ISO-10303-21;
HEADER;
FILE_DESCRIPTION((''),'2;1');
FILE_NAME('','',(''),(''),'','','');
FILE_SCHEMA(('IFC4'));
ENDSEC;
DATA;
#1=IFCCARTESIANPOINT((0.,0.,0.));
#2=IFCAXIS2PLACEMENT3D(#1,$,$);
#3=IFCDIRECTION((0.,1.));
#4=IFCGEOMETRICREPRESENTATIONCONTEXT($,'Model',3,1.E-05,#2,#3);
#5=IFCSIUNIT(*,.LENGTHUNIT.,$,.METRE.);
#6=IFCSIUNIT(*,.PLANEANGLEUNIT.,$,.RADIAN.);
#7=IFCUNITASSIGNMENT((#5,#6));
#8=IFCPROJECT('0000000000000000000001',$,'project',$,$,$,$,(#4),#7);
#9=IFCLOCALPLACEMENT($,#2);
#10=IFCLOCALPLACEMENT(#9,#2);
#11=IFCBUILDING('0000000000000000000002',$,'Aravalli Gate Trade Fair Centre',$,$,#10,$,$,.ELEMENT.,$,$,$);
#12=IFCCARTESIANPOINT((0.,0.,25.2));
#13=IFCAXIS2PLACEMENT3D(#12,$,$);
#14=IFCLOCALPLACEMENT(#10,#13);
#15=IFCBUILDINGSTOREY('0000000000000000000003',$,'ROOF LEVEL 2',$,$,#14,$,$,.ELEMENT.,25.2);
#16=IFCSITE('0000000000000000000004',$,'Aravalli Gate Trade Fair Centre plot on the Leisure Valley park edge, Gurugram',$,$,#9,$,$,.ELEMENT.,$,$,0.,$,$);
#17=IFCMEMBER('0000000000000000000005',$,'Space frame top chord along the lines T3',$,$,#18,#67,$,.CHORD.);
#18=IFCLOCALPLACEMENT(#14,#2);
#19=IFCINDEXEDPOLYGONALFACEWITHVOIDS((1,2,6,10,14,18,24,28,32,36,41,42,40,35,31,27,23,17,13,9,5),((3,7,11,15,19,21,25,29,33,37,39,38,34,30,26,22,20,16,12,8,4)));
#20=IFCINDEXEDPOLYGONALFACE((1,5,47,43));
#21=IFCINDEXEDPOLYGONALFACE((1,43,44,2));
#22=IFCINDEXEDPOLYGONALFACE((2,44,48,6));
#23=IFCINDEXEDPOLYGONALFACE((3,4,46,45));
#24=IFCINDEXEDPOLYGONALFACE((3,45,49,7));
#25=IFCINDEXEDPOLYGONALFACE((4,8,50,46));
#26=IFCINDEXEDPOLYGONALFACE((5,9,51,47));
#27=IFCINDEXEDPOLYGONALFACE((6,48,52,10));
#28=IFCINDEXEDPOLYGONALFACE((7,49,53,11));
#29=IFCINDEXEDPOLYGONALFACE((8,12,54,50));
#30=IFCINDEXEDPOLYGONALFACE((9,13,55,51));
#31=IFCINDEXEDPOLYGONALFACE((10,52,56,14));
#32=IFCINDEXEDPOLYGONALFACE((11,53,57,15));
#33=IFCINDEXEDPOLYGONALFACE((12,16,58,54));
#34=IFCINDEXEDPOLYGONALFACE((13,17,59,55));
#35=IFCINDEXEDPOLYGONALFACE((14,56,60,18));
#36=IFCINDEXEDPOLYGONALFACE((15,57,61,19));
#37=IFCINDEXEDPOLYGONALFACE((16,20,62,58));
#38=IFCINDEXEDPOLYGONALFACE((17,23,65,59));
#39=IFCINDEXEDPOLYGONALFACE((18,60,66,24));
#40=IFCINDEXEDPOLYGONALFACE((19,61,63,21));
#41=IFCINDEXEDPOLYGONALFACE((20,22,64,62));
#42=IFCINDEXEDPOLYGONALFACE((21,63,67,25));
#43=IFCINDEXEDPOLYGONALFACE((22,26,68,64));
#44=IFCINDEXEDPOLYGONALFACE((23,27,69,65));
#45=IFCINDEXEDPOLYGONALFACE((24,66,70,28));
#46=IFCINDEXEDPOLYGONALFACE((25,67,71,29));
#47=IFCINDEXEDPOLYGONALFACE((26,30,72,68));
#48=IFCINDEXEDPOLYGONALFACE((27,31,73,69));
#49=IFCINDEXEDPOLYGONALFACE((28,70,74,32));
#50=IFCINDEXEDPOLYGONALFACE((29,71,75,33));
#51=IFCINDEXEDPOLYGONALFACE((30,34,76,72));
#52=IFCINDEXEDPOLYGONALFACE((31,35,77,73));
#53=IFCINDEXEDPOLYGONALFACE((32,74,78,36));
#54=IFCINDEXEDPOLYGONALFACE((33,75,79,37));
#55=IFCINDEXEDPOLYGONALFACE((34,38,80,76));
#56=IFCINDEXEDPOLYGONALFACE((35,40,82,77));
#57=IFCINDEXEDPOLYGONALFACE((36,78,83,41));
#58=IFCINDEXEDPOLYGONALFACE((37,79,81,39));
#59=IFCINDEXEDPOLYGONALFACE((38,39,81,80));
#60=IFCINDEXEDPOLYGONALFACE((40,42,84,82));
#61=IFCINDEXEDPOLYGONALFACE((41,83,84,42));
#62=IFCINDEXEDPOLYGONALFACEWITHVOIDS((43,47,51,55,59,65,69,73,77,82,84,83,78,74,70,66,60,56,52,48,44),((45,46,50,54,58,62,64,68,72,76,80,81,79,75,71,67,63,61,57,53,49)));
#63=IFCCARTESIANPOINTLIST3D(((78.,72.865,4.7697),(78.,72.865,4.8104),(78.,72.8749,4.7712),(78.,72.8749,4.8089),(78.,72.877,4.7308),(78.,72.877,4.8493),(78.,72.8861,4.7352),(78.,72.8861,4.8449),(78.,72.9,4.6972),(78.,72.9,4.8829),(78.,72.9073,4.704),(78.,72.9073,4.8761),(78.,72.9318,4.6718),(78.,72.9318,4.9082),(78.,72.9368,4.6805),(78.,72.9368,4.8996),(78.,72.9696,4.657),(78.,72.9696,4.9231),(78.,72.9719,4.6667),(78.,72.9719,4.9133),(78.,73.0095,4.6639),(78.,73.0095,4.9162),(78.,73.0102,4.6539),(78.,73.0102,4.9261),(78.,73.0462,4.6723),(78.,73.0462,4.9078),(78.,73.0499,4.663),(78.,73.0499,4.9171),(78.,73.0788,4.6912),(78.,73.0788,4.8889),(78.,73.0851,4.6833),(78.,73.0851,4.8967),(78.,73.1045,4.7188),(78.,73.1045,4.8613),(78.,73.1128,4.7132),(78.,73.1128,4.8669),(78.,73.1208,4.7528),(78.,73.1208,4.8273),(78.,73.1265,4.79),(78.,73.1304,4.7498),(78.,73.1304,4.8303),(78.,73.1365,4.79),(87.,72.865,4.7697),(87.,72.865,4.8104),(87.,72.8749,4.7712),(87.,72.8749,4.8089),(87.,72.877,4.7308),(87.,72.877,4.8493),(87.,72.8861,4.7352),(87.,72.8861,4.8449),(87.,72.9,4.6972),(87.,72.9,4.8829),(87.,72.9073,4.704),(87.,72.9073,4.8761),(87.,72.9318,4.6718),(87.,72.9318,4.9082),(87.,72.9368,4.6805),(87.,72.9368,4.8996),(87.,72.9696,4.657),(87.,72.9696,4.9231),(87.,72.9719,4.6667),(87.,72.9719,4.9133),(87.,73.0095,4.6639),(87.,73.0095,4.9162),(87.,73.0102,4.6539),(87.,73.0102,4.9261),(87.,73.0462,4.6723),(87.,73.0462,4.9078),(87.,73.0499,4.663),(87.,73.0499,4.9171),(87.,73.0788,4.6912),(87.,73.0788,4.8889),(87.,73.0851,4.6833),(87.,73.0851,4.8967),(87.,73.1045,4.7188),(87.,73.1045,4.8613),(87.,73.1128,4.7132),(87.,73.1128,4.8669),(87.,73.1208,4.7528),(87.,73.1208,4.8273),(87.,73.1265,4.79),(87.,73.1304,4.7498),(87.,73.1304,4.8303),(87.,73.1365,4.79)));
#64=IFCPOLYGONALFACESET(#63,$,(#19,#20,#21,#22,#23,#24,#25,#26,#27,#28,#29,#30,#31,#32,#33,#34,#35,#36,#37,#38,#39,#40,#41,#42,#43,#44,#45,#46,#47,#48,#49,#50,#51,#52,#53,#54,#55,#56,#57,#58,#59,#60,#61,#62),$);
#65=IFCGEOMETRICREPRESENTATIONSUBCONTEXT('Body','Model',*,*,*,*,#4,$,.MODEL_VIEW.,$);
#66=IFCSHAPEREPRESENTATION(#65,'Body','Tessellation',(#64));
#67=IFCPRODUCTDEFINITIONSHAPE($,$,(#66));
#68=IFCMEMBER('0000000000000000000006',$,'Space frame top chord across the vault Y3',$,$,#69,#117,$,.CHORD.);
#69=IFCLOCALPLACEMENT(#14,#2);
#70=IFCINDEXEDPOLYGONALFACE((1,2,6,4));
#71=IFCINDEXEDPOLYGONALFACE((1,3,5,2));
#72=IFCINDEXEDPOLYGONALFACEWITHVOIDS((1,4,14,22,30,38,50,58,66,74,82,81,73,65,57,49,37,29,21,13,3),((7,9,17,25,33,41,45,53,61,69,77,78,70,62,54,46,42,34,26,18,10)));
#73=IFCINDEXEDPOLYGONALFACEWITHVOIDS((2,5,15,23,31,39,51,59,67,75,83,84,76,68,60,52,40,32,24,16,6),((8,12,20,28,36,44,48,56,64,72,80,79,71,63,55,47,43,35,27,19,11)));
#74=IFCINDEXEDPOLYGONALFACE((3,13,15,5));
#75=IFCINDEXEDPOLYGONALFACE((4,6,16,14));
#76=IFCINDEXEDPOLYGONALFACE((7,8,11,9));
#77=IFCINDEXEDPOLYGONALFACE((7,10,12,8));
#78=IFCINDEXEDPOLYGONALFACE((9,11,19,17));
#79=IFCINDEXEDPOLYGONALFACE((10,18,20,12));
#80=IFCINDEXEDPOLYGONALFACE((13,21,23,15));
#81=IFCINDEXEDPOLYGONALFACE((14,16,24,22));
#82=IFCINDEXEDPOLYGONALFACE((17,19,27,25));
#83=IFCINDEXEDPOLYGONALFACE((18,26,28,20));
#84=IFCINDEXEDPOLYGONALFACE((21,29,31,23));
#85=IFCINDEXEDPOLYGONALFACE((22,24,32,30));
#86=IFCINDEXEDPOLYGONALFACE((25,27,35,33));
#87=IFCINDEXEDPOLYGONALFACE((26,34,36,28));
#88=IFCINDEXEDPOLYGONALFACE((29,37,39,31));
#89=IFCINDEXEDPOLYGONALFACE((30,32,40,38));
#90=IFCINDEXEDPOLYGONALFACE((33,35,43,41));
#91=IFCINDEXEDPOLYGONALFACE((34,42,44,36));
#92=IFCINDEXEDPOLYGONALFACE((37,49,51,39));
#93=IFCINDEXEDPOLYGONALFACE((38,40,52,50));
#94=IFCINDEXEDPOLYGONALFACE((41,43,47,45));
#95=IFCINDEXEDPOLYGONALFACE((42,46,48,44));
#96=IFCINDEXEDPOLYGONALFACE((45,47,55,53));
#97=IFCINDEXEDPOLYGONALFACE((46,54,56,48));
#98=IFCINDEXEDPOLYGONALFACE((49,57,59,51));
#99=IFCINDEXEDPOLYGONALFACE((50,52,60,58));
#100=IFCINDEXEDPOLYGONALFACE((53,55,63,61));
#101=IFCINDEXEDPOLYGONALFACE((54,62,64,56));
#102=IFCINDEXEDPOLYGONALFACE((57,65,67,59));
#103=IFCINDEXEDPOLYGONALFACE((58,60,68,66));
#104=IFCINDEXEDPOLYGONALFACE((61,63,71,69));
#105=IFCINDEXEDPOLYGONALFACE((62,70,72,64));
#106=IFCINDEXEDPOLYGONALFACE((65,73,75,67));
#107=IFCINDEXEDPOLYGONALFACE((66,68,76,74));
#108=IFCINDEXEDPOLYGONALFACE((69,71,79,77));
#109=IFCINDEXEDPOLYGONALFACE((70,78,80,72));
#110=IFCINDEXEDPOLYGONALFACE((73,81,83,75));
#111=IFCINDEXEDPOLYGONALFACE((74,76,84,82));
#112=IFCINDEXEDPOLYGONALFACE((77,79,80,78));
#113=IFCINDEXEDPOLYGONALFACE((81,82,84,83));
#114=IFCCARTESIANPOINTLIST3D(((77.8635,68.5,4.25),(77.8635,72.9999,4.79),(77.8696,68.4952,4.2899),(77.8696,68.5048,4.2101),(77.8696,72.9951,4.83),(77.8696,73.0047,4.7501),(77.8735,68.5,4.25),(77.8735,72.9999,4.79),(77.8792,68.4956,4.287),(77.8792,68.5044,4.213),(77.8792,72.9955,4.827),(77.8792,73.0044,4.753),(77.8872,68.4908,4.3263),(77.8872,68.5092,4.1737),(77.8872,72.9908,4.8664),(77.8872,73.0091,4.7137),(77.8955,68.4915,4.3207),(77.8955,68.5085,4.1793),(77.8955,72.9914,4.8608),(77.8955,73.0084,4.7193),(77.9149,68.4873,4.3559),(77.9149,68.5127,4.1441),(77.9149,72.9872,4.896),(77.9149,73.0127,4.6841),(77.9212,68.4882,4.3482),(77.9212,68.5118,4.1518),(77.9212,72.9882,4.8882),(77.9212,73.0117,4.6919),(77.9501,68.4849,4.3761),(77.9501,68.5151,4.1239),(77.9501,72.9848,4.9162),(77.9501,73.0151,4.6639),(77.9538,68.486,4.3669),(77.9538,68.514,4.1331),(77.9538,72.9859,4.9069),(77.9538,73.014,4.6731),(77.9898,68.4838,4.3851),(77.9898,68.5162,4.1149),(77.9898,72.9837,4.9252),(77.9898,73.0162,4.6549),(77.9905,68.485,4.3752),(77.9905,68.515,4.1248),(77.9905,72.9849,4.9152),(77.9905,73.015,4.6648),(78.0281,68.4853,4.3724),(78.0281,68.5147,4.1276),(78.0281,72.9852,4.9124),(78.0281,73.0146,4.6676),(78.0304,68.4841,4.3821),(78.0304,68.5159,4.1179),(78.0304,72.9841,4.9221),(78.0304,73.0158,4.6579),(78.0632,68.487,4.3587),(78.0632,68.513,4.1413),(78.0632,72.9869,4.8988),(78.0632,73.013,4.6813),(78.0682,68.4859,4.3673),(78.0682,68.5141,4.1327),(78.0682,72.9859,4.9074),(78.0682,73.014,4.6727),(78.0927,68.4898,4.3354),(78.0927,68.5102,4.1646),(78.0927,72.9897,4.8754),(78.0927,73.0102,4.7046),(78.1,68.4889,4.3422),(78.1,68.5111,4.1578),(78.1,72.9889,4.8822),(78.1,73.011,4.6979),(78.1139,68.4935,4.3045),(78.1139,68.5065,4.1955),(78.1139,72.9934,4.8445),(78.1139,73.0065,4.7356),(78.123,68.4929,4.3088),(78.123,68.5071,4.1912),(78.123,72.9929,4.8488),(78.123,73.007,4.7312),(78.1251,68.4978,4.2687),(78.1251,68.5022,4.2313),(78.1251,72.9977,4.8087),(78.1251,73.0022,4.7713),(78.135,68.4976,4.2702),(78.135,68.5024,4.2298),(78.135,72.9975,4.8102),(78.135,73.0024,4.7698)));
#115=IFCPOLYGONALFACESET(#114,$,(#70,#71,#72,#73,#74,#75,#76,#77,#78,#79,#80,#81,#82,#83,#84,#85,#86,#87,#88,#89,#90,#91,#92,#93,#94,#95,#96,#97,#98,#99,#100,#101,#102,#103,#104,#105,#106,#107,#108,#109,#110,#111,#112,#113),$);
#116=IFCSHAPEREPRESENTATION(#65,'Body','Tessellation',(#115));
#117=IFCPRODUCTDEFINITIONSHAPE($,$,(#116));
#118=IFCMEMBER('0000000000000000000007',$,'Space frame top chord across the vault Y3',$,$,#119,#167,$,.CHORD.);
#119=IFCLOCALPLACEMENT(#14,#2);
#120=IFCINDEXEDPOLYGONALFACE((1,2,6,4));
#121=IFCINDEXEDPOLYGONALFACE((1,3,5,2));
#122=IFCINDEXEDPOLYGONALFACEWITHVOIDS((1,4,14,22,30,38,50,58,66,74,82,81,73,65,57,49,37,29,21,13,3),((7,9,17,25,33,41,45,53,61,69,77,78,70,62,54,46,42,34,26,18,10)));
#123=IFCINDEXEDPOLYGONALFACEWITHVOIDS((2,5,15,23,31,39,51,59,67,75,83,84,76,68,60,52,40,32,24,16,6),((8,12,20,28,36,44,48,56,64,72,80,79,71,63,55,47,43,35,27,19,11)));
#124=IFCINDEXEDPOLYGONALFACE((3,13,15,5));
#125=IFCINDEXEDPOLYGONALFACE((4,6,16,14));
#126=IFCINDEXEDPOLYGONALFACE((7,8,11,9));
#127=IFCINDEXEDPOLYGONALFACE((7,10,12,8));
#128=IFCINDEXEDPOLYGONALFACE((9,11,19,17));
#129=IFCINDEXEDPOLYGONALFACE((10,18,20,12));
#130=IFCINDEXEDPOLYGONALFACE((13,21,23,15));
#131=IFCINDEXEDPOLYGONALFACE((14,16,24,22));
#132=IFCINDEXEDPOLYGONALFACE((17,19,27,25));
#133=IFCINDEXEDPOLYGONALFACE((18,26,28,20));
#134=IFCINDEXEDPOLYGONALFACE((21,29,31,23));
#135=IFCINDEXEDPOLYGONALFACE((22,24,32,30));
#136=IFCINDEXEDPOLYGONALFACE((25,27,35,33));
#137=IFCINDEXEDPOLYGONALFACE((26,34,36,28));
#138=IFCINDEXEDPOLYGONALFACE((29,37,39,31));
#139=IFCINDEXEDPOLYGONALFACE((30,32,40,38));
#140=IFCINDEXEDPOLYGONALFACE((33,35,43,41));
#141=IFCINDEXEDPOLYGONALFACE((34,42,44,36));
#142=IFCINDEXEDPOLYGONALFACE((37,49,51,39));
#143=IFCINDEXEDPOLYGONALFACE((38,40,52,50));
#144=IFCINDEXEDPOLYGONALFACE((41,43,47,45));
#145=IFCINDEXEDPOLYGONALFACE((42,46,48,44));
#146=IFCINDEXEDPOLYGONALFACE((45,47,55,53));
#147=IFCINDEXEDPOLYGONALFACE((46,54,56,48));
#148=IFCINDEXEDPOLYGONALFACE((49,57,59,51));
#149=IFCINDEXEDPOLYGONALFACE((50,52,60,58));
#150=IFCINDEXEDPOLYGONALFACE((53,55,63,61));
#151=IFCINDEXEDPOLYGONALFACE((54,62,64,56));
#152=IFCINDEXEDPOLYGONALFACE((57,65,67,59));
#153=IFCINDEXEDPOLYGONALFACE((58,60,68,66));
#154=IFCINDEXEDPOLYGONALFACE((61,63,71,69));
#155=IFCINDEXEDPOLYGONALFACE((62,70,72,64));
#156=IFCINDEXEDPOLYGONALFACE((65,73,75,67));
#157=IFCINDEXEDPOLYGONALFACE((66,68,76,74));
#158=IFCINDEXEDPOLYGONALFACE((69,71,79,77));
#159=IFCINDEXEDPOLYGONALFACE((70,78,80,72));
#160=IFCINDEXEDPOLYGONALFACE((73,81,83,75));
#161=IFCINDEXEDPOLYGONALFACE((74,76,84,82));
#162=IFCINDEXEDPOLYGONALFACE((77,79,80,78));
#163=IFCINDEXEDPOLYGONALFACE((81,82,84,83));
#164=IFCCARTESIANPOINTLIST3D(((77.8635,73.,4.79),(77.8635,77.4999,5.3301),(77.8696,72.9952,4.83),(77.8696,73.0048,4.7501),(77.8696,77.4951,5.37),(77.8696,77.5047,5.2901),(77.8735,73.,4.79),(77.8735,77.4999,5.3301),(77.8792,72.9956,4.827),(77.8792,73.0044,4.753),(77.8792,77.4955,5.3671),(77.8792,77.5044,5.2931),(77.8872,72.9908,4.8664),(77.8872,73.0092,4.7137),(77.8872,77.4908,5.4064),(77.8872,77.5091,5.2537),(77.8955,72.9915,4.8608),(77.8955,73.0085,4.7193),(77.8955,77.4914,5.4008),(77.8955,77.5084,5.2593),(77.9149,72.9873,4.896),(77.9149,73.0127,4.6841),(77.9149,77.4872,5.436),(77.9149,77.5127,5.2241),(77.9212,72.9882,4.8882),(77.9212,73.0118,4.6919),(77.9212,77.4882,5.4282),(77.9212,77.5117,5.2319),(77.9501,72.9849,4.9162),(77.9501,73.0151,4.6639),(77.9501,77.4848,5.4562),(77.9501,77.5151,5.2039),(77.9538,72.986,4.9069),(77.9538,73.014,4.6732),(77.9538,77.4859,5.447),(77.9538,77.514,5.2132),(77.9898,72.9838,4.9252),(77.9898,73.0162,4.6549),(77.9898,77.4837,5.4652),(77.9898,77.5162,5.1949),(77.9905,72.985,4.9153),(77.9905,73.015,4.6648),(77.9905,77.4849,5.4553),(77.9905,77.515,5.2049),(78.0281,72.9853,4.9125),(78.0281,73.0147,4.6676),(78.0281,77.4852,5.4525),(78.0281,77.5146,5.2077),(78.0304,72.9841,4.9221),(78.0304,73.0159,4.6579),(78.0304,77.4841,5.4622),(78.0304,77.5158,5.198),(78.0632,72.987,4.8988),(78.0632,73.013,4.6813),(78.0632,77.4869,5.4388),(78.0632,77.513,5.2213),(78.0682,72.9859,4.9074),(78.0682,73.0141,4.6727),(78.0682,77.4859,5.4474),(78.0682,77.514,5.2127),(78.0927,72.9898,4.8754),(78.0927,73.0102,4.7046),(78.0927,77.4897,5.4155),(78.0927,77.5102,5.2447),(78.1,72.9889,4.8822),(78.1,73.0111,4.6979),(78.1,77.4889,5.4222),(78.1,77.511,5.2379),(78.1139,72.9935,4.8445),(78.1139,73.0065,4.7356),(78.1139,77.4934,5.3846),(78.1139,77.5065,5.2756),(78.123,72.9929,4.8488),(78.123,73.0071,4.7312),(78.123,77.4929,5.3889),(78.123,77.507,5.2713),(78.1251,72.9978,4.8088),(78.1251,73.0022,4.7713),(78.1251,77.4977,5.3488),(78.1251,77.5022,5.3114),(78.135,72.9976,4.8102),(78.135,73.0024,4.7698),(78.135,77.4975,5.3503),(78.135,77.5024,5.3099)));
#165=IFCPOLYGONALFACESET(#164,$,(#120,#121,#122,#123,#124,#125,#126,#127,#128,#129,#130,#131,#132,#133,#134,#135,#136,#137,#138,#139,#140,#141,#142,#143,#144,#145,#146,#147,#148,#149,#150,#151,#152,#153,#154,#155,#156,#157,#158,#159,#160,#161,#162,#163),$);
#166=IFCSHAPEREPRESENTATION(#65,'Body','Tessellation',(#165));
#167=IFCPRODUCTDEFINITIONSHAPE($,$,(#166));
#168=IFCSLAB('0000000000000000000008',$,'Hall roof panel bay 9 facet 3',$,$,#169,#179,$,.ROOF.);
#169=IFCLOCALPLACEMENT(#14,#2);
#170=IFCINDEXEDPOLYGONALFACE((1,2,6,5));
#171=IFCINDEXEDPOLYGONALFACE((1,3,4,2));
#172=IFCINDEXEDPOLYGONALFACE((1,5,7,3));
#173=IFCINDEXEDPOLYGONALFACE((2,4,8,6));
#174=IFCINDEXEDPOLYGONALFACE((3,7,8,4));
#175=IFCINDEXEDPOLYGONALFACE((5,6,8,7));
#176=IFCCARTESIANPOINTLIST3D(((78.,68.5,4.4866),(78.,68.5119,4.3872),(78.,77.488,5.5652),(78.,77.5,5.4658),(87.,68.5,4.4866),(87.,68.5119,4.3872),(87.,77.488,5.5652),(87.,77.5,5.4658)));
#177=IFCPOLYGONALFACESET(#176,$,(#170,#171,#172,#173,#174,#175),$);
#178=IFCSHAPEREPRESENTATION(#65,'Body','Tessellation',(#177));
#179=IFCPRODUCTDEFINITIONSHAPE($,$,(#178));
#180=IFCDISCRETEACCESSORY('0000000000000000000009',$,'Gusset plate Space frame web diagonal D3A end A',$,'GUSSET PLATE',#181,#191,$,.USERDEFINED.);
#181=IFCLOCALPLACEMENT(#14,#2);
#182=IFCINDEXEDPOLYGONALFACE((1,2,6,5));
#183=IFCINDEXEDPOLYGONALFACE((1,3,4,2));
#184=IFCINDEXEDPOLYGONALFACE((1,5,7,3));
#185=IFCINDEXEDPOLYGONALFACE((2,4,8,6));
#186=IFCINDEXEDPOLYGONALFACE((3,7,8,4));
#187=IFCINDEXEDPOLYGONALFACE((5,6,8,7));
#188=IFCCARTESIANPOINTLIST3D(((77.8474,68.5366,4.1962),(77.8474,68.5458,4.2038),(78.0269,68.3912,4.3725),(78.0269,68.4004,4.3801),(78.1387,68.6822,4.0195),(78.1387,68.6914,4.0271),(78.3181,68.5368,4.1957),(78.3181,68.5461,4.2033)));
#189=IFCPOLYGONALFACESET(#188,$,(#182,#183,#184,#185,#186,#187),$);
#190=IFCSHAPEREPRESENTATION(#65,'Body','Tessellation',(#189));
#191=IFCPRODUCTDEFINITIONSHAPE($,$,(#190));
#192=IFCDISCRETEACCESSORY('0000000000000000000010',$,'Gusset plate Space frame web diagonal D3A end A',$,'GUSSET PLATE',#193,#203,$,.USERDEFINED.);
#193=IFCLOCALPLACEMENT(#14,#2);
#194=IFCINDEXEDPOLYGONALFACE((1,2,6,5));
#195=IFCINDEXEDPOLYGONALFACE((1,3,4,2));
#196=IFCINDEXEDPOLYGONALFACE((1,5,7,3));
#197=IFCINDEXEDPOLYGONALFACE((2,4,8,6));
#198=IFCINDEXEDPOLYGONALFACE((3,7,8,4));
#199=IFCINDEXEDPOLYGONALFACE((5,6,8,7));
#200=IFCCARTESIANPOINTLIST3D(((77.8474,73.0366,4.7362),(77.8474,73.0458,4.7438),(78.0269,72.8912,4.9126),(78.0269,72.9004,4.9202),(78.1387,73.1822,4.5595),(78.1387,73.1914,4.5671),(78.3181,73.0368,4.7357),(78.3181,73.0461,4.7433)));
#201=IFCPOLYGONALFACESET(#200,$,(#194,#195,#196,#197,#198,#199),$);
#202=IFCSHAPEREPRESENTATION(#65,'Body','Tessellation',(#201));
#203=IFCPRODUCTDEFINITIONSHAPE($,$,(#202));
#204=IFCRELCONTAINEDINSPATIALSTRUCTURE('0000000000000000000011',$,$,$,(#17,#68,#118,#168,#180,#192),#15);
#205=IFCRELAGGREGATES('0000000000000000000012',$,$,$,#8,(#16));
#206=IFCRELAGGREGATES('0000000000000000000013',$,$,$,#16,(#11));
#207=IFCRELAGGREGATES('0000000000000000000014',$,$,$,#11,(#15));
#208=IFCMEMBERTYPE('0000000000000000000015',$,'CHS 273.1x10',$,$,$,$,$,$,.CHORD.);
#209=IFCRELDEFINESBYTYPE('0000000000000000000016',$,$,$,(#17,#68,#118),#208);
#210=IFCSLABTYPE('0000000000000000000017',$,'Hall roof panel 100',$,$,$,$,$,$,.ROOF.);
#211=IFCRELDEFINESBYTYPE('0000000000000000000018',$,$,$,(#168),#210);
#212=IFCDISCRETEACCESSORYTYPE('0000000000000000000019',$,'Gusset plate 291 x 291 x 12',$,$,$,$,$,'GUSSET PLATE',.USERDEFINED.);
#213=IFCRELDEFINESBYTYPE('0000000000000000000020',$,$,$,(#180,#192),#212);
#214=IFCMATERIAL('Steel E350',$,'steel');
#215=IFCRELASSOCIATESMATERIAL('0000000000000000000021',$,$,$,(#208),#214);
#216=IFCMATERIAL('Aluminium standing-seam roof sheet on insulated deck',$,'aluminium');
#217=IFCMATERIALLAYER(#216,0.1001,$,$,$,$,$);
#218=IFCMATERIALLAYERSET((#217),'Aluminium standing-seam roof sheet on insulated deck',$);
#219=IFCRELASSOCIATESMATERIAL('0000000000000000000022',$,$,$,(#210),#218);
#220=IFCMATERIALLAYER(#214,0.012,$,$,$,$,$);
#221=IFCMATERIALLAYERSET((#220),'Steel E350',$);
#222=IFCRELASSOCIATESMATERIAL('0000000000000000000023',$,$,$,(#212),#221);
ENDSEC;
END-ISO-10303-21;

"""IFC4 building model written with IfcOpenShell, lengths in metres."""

from ifc_helpers import new_model, si_unit, direction, frame, origin, origin_2d, place, context, subcontext, project, spatial, polyline, hollow_circle, outline, extrude, material, layer, layer_set, material_profile, profile_set, type_object, element, save


model = new_model("IFC4")

# Units and contexts
model_context = context("Model", 3, precision=1e-05, world=origin(), true_north=direction((0.0, 1.0)))
body_context = subcontext(model_context, "Body", "Model", "MODEL_VIEW")
ifc_project = project(units=[si_unit("LENGTHUNIT", "METRE"), si_unit("PLANEANGLEUNIT", "RADIAN")], contexts=[model_context])

# Site, building, storey
site_placement = place(None, origin())
site = spatial("IfcSite", under=ifc_project, at=site_placement, Name="Aravalli Gate Trade Fair Centre plot on the Leisure Valley park edge, Gurugram", CompositionType="ELEMENT", RefElevation=0.0)
building_placement = place(site_placement, origin())
building = spatial("IfcBuilding", under=site, at=building_placement, Name="Aravalli Gate Trade Fair Centre", CompositionType="ELEMENT")
storey_placement = place(building_placement, frame((0.0, 0.0, 25.2)))
storey = spatial("IfcBuildingStorey", under=building, at=storey_placement, Name="ROOF LEVEL 2", CompositionType="ELEMENT", Elevation=25.2)

# Members
ifc_material_1 = material(Name="Steel E350", Category="steel")
ifc_material_profile_1 = material_profile(ifc_material_1, hollow_circle(Radius=0.1365, WallThickness=0.01, at=origin_2d()), Name="CHS 273.1x10")
ifc_profile_set_1 = profile_set([ifc_material_profile_1], Name="Steel E350")
member_type_1 = type_object("IfcMemberType", Name="CHS 273.1x10", PredefinedType="CHORD", material=ifc_profile_set_1)
for number, where, z_axis, x_axis, name in (
    (1, (78.0, 73.0, 4.79), (1.0, 0.0, 0.0), (0.0, 1.0, 0.0), "Space frame top chord along the lines T3"),
):
    element("IfcMember", number, at=place(storey_placement, frame(where, z_axis=z_axis, x_axis=x_axis)), inside=storey, type_object=member_type_1, Name=name, PredefinedType="CHORD", context=body_context, shape_type="SweptSolid", body=[
        extrude(hollow_circle(Radius=0.1365, WallThickness=0.01, at=origin_2d()), origin(), (0.0, 0.0, 1.0), 9.0),
    ])
for number, where, z_axis, x_axis, name in (
    (2, (78.0, 68.5, 4.25), (0.0, 0.992876, 0.119154), (-1.0, 0.0, 0.0), "Space frame top chord across the vault Y3"),
    (3, (78.0, 73.0, 4.79), (0.0, 0.992876, 0.119154), (-1.0, 0.0, 0.0), "Space frame top chord across the vault Y3"),
):
    element("IfcMember", number, at=place(storey_placement, frame(where, z_axis=z_axis, x_axis=x_axis)), inside=storey, type_object=member_type_1, Name=name, PredefinedType="CHORD", context=body_context, shape_type="SweptSolid", body=[
        extrude(hollow_circle(Radius=0.1365, WallThickness=0.01, at=origin_2d()), origin(), (0.0, 0.0, 1.0), 4.5322),
    ])

# Slab
ifc_material_2 = material(Name="Aluminium standing-seam roof sheet on insulated deck", Category="aluminium")
ifc_layer_1 = layer(ifc_material_2, 0.1001)
ifc_layer_set_1 = layer_set([ifc_layer_1], Name="Aluminium standing-seam roof sheet on insulated deck")
slab_type = type_object("IfcSlabType", Name="Hall roof panel 100", PredefinedType="ROOF", material=ifc_layer_set_1)
slab_placement = place(storey_placement, frame((78.0, 68.5, 4.4866), z_axis=(0.0, -0.119151, 0.992876), x_axis=(1.0, 0.0, 0.0)))
element("IfcSlab", 4, at=slab_placement, inside=storey, type_object=slab_type, Name="Hall roof panel bay 9 facet 3", PredefinedType="ROOF", context=body_context, shape_type="SweptSolid", body=[
    extrude(outline(polyline([(0.0, 0.0), (9.0, 0.0), (9.0, 9.0525), (0.0, 9.0525), (0.0, 0.0)])), origin(), (0.0, 0.0, -1.0), 0.1001),
])

# Discrete accessories
ifc_layer_2 = layer(ifc_material_1, 0.012)
ifc_layer_set_2 = layer_set([ifc_layer_2], Name="Steel E350")
discrete_accessory_type = type_object("IfcDiscreteAccessoryType", Name="Gusset plate 291 x 291 x 12", ElementType="GUSSET PLATE", PredefinedType="USERDEFINED", material=ifc_layer_set_2)
for number, where, z_axis, x_axis, name in (
    (5, (78.1387, 68.6914, 4.0271), (0.00026, 0.771582, 0.63613), (-0.78619, -0.392962, 0.476956), "Gusset plate Space frame web diagonal D3A end A"),
    (6, (78.1387, 73.1914, 4.5671), (0.00026, 0.771582, 0.63613), (-0.78619, -0.392962, 0.476956), "Gusset plate Space frame web diagonal D3A end A"),
):
    element("IfcDiscreteAccessory", number, at=place(storey_placement, frame(where, z_axis=z_axis, x_axis=x_axis)), inside=storey, type_object=discrete_accessory_type, Name=name, ObjectType="GUSSET PLATE", PredefinedType="USERDEFINED", context=body_context, shape_type="SweptSolid", body=[
        extrude(outline(polyline([(0.0, 0.0), (0.3705, 0.0), (0.3706, 0.2906), (0.0001, 0.2905), (0.0, 0.0)])), origin(), (0.0, 0.0, -1.0), 0.012),
    ])

save(model, "model.ifc")
